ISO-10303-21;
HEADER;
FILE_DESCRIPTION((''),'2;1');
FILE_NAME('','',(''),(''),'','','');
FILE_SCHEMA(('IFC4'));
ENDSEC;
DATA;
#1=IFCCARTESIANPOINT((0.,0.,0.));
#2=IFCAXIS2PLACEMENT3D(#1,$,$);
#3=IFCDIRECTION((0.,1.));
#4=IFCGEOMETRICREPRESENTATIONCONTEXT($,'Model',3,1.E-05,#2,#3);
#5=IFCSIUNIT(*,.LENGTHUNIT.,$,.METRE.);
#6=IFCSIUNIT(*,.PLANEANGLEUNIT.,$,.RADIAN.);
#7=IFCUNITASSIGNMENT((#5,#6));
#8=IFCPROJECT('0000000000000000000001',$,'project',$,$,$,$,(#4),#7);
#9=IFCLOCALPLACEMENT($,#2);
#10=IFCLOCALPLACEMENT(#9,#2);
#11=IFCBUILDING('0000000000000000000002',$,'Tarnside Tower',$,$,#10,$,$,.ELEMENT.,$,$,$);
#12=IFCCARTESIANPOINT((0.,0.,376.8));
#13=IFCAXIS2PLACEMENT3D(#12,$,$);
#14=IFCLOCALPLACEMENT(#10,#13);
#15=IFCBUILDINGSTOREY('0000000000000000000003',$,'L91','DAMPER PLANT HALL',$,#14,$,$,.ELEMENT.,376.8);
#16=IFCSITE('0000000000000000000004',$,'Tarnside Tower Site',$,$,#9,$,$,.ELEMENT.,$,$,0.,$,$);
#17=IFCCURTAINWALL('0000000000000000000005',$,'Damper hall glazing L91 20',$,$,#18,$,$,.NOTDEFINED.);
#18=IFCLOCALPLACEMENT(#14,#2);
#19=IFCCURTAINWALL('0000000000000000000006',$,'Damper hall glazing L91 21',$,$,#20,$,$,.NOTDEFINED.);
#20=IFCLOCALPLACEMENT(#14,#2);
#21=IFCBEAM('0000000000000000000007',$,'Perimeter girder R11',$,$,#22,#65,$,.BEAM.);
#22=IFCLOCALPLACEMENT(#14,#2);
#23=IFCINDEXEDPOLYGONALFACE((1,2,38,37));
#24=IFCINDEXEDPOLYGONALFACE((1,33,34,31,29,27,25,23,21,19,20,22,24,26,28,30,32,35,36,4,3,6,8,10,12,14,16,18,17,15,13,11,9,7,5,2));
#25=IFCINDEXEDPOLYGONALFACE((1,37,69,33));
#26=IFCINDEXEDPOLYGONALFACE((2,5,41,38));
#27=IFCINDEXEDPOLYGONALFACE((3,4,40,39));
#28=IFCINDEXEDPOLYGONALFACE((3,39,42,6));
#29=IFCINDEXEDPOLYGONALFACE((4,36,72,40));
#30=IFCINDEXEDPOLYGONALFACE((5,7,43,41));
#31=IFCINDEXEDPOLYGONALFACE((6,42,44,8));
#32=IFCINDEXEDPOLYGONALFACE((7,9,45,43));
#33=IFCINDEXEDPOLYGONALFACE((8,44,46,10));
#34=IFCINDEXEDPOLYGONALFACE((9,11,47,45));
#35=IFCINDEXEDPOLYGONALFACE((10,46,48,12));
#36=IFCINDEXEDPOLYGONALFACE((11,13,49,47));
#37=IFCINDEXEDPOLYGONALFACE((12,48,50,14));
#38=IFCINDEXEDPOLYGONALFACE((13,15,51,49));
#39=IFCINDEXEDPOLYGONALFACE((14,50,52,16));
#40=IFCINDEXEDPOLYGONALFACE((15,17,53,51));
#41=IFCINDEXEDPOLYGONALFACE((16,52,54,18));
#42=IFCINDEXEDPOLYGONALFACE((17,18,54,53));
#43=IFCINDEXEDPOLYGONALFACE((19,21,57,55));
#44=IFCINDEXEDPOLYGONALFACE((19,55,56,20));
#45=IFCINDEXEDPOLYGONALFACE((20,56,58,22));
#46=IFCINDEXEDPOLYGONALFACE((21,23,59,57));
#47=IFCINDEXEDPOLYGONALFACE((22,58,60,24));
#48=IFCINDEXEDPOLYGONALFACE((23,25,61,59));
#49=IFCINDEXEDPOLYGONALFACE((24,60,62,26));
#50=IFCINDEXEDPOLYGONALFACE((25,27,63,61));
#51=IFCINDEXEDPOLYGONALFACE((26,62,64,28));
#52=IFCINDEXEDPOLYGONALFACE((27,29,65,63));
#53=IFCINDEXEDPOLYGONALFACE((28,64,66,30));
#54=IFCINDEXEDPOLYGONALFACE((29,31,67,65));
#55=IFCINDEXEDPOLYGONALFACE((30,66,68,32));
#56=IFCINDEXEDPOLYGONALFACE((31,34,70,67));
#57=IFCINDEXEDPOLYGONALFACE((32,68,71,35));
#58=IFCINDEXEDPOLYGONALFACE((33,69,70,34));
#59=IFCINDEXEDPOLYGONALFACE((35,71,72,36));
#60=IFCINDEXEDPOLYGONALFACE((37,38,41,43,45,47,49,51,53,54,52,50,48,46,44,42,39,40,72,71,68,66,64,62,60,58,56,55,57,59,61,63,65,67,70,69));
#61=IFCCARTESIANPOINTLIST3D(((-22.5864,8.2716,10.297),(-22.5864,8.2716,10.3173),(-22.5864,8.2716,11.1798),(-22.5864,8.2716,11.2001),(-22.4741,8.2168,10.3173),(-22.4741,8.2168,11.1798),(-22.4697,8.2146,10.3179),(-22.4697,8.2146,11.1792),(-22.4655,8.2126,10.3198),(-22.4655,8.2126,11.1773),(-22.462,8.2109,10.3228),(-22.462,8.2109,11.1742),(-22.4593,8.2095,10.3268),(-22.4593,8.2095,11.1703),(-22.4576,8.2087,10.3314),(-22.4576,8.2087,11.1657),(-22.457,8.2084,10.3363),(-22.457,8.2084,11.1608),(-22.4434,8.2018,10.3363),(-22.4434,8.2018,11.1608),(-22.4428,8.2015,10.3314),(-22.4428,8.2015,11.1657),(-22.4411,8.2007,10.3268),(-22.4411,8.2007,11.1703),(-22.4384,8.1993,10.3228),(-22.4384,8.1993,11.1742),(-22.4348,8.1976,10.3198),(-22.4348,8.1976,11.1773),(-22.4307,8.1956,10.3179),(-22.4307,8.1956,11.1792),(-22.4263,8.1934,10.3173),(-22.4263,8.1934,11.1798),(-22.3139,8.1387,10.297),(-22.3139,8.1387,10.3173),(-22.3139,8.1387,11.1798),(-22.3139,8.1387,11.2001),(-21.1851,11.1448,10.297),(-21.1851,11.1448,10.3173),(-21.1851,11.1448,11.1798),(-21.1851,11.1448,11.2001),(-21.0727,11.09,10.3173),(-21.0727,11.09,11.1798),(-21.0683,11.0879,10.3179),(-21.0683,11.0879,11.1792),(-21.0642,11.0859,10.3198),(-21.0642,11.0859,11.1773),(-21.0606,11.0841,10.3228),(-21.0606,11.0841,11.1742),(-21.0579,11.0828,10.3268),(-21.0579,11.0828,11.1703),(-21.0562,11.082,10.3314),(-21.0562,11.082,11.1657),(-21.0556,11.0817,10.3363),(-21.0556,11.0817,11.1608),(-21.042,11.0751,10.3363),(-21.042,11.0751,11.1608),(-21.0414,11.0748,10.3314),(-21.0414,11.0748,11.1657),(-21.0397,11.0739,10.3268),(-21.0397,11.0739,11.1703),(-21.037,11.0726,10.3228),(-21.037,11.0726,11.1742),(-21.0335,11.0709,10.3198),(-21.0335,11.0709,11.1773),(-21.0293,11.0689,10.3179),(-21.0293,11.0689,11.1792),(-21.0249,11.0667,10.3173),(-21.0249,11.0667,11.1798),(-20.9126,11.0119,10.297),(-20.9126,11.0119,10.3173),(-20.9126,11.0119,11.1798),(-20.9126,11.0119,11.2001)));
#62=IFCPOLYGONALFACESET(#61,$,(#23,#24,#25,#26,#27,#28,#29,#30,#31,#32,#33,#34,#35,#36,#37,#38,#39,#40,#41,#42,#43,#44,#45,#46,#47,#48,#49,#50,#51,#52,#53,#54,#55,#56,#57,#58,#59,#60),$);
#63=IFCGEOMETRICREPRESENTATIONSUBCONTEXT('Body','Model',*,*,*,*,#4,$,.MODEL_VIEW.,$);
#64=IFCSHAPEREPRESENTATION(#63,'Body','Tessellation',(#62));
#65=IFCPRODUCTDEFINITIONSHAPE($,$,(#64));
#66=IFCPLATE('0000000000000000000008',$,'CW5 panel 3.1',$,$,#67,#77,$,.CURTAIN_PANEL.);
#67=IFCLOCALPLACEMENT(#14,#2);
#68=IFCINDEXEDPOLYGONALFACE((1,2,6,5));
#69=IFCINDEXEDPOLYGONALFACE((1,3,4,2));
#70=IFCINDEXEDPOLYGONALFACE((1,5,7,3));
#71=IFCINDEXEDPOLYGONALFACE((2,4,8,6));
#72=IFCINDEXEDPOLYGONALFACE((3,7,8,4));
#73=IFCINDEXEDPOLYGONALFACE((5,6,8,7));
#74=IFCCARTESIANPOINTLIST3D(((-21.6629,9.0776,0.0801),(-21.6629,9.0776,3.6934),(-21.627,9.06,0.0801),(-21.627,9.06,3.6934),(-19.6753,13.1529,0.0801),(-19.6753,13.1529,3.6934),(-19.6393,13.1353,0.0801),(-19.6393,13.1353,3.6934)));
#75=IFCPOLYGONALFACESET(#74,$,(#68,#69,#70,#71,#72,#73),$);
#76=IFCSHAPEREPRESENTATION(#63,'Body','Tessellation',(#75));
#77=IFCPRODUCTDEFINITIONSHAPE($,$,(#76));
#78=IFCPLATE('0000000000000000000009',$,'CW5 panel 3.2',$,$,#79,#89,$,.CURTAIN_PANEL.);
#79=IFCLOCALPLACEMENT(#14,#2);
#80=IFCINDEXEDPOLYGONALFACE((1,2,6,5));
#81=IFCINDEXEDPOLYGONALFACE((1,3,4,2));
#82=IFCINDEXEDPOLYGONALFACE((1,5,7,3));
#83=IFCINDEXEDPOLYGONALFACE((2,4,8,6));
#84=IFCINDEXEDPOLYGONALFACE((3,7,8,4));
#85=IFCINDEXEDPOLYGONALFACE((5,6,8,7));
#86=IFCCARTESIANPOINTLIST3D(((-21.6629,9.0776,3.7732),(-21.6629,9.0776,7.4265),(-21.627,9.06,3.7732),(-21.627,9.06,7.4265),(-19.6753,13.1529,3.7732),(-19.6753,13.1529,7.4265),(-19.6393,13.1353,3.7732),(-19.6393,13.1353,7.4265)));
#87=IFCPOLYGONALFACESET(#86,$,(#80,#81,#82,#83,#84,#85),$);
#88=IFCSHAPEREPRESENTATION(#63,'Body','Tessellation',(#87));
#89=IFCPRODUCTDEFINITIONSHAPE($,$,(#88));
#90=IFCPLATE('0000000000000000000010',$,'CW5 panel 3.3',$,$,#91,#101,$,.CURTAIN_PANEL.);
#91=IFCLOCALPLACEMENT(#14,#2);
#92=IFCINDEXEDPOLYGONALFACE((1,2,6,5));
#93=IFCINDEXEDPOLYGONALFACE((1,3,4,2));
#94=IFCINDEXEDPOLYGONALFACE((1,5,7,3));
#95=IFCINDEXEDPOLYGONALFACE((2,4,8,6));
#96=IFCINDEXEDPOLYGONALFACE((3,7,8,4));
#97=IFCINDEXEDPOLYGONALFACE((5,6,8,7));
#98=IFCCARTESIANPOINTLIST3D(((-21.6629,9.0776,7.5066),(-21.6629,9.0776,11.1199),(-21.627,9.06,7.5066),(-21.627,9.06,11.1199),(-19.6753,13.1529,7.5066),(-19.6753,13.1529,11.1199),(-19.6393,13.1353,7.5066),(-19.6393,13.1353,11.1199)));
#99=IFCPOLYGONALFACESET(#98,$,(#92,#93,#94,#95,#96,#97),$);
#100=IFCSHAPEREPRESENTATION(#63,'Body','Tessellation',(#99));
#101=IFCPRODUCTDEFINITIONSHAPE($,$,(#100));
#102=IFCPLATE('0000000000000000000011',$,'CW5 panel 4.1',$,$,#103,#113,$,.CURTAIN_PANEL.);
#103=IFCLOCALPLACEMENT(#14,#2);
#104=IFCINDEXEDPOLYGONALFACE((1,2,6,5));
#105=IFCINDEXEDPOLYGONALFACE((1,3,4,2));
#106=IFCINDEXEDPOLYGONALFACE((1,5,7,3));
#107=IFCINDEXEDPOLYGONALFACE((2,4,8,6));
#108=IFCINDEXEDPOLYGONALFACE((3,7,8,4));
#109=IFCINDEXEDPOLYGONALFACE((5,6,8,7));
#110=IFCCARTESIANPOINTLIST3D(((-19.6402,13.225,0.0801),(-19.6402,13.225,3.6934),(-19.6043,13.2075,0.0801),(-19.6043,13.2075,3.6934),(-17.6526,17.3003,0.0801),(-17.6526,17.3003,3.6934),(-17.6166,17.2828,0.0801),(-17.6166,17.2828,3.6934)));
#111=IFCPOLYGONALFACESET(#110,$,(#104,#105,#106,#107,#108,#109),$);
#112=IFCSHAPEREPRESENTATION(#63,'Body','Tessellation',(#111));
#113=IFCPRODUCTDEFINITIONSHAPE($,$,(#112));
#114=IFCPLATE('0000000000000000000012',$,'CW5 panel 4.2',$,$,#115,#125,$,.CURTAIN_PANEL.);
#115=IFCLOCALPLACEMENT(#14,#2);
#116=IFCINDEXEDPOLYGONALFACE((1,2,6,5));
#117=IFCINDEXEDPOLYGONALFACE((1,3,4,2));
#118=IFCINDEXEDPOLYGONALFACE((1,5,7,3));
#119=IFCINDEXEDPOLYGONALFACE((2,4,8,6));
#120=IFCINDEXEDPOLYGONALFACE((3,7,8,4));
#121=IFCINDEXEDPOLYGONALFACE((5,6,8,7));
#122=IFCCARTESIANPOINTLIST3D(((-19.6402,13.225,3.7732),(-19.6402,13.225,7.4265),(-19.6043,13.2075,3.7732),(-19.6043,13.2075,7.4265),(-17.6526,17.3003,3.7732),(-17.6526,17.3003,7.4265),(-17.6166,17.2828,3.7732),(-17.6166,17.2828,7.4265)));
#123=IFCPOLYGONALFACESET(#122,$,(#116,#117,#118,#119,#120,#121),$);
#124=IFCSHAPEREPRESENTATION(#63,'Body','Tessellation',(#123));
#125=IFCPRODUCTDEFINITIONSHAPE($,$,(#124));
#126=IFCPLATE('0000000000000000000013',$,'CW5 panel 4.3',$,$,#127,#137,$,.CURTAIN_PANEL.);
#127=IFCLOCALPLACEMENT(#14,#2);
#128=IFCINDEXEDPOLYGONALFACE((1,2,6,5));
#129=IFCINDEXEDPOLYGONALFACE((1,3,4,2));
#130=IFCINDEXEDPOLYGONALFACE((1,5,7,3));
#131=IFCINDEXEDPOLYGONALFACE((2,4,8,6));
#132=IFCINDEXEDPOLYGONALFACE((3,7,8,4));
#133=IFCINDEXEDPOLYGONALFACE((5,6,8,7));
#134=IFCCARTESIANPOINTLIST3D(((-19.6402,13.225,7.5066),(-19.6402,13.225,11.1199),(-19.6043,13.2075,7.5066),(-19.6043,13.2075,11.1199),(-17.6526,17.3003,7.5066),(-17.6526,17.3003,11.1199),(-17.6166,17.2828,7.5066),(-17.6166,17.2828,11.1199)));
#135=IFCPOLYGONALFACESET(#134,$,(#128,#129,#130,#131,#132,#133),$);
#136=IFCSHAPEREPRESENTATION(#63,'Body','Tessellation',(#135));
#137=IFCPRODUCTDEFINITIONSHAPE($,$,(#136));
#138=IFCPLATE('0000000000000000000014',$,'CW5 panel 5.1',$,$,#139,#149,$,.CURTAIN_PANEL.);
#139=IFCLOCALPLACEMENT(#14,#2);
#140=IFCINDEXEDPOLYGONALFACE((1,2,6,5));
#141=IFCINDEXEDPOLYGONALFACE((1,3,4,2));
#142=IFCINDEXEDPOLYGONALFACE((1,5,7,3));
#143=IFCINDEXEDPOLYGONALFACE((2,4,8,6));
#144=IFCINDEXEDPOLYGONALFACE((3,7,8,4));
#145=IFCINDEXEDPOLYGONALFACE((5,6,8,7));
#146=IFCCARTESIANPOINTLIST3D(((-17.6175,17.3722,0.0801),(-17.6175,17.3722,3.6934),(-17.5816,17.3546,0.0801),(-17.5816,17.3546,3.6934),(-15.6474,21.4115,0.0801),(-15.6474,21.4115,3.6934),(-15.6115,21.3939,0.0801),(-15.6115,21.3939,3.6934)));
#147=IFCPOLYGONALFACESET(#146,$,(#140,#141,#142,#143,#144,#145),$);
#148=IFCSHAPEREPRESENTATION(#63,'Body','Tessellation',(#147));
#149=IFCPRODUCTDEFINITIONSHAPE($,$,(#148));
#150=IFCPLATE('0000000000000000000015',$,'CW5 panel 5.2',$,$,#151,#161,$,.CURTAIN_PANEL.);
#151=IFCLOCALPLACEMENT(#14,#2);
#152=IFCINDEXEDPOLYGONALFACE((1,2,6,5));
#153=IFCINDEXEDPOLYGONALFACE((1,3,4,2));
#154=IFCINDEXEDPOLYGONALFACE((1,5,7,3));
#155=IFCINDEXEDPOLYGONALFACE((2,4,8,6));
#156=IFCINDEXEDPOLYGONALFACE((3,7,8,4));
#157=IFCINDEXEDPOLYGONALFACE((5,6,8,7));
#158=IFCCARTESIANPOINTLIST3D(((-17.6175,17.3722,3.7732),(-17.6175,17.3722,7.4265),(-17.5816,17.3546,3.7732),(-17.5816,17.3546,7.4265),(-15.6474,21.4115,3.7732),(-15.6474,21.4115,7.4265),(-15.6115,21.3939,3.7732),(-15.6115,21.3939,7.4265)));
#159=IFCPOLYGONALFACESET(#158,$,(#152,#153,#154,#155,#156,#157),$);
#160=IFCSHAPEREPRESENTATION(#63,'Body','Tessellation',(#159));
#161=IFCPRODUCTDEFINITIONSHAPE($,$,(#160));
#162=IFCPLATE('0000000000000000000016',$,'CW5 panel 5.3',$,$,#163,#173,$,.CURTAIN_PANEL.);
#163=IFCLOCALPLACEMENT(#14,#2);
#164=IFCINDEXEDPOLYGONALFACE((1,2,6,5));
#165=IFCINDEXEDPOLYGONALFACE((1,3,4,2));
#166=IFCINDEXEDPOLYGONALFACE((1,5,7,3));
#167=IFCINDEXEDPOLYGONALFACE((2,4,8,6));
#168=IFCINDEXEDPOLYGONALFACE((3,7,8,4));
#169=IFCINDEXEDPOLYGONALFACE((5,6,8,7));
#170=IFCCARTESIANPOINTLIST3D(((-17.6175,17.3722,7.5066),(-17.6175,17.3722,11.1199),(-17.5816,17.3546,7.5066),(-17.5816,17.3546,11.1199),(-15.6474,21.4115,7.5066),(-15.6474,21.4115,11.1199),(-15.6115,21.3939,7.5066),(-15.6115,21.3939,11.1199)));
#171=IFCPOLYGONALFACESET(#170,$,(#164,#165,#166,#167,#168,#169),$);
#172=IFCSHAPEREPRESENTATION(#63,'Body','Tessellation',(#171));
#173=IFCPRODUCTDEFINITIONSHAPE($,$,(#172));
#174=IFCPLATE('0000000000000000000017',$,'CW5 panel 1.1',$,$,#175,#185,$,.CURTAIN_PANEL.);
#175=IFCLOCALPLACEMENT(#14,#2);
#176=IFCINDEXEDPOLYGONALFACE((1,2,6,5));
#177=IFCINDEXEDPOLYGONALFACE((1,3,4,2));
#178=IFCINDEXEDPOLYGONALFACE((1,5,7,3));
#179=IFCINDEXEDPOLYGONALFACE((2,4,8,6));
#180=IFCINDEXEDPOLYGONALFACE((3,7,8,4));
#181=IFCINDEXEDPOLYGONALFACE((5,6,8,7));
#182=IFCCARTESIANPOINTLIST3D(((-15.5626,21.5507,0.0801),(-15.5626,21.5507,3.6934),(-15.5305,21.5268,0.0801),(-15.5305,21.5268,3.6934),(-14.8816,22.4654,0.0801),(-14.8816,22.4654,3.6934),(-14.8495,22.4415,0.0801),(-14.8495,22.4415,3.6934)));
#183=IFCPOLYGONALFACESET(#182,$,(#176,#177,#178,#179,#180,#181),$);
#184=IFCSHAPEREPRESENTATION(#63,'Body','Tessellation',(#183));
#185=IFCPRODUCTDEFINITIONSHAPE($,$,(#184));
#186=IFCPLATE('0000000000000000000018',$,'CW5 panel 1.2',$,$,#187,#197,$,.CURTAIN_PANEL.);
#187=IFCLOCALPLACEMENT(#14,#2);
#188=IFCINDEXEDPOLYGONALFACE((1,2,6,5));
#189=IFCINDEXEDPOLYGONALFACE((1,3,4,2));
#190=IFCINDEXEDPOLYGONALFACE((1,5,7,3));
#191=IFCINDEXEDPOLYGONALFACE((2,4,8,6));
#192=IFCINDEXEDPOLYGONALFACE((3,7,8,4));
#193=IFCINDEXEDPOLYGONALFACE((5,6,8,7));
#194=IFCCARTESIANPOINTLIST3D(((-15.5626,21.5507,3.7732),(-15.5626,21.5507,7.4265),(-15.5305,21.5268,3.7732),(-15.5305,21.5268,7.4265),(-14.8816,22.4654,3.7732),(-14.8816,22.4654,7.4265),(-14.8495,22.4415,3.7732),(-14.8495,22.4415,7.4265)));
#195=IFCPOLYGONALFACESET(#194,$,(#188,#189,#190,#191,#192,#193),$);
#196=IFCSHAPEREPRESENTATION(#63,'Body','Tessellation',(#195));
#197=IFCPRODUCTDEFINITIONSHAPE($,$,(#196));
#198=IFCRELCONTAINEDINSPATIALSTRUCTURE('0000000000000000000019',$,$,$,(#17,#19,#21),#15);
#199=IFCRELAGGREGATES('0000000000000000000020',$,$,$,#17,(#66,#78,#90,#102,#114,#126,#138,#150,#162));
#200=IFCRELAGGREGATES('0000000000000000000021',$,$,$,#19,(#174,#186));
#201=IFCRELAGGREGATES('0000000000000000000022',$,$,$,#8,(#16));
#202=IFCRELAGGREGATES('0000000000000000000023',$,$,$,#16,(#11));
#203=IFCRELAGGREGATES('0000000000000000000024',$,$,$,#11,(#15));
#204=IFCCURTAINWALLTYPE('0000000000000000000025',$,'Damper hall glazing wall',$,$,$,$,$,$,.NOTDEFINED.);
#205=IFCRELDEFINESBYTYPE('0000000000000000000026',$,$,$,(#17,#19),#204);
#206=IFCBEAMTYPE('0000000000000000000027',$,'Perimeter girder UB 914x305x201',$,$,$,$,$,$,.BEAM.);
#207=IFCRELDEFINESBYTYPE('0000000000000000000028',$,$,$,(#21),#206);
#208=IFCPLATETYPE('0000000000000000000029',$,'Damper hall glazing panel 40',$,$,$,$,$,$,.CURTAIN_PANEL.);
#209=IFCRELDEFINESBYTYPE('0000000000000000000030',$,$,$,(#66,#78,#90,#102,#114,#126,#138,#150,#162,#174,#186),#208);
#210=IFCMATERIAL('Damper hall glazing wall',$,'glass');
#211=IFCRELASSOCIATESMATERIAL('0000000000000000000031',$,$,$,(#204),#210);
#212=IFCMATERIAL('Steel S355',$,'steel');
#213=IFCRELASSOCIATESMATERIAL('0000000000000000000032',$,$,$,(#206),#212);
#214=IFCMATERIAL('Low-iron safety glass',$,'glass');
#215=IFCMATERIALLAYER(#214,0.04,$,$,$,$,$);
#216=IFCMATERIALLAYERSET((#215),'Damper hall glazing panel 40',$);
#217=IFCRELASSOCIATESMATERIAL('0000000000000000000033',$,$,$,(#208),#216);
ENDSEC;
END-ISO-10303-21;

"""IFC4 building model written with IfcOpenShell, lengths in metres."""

from ifc_helpers import new_model, si_unit, direction, frame, origin, origin_2d, place, context, subcontext, project, spatial, rectangle, i_section, extrude, material, layer, layer_set, material_profile, profile_set, type_object, element, aggregate, save


model = new_model("IFC4")

# Units and contexts
model_context = context("Model", 3, precision=1e-05, world=origin(), true_north=direction((0.0, 1.0)))
body_context = subcontext(model_context, "Body", "Model", "MODEL_VIEW")
ifc_project = project(units=[si_unit("LENGTHUNIT", "METRE"), si_unit("PLANEANGLEUNIT", "RADIAN")], contexts=[model_context])

# Site, building, storey
site_placement = place(None, origin())
site = spatial("IfcSite", under=ifc_project, at=site_placement, Name="Tarnside Tower Site", CompositionType="ELEMENT", RefElevation=0.0)
building_placement = place(site_placement, origin())
building = spatial("IfcBuilding", under=site, at=building_placement, Name="Tarnside Tower", CompositionType="ELEMENT")
storey_placement = place(building_placement, frame((0.0, 0.0, 376.8)))
storey = spatial("IfcBuildingStorey", under=building, at=storey_placement, Name="L91", Description="DAMPER PLANT HALL", CompositionType="ELEMENT", Elevation=376.8)

# Shared definitions
ifc_material_1 = material(Name="Steel S355", Category="steel")

# Curtain wall
ifc_material_2 = material(Name="Damper hall glazing wall", Category="glass")
curtain_wall_type = type_object("IfcCurtainWallType", Name="Damper hall glazing wall", PredefinedType="NOTDEFINED", material=ifc_material_2)
curtain_wall_1_placement = place(storey_placement, origin())
curtain_wall_1 = element("IfcCurtainWall", 1, at=curtain_wall_1_placement, inside=storey, type_object=curtain_wall_type, Name="Damper hall glazing L91 20", PredefinedType="NOTDEFINED")

# Curtain wall
curtain_wall_2_placement = place(storey_placement, origin())
curtain_wall_2 = element("IfcCurtainWall", 2, at=curtain_wall_2_placement, inside=storey, type_object=curtain_wall_type, Name="Damper hall glazing L91 21", PredefinedType="NOTDEFINED")

# Beam
ifc_material_profile_1 = material_profile(ifc_material_1, i_section(OverallWidth=0.3032, OverallDepth=0.9031, WebThickness=0.0151, FlangeThickness=0.0203, FilletRadius=0.019, at=origin_2d()), Name="UB 914x305x201")
ifc_profile_set_1 = profile_set([ifc_material_profile_1], Name="Steel S355")
beam_type_1 = type_object("IfcBeamType", Name="Perimeter girder UB 914x305x201", PredefinedType="BEAM", material=ifc_profile_set_1)
beam_1_placement = place(storey_placement, frame((-21.0488, 11.0784, 10.7485), z_axis=(-0.438363, -0.898798, 0.0), x_axis=(0.898798, -0.438363, 0.0)))
element("IfcBeam", 3, at=beam_1_placement, inside=storey, type_object=beam_type_1, Name="Perimeter girder R11", PredefinedType="BEAM", context=body_context, shape_type="SweptSolid", body=[
    extrude(i_section(OverallWidth=0.3032, OverallDepth=0.9031, WebThickness=0.0151, FlangeThickness=0.0203, FilletRadius=0.019, at=origin_2d()), origin(), (0.0, 0.0, 1.0), 3.1968),
])

# Plates
ifc_material_3 = material(Name="Low-iron safety glass", Category="glass")
ifc_layer = layer(ifc_material_3, 0.04)
ifc_layer_set = layer_set([ifc_layer], Name="Damper hall glazing panel 40")
plate_type = type_object("IfcPlateType", Name="Damper hall glazing panel 40", PredefinedType="CURTAIN_PANEL", material=ifc_layer_set)
plate_1_placement = place(storey_placement, frame((-20.6511, 11.1064, 0.0801), z_axis=(0.0, 0.0, 1.0), x_axis=(0.438371, 0.898794, 0.0)))
plate_1 = element("IfcPlate", 4, at=plate_1_placement, type_object=plate_type, Name="CW5 panel 3.1", PredefinedType="CURTAIN_PANEL", context=body_context, shape_type="SweptSolid", body=[
    extrude(rectangle(XDim=4.5342, YDim=0.04, at=origin_2d()), origin(), (0.0, 0.0, 1.0), 3.6133),
])
plate_2_placement = place(storey_placement, frame((-20.6511, 11.1064, 3.7732), z_axis=(0.0, 0.0, 1.0), x_axis=(0.438371, 0.898794, 0.0)))
plate_2 = element("IfcPlate", 5, at=plate_2_placement, type_object=plate_type, Name="CW5 panel 3.2", PredefinedType="CURTAIN_PANEL", context=body_context, shape_type="SweptSolid", body=[
    extrude(rectangle(XDim=4.5342, YDim=0.04, at=origin_2d()), origin(), (0.0, 0.0, 1.0), 3.6533),
])
plate_3_placement = place(storey_placement, frame((-20.6511, 11.1064, 7.5066), z_axis=(0.0, 0.0, 1.0), x_axis=(0.438371, 0.898794, 0.0)))
plate_3 = element("IfcPlate", 6, at=plate_3_placement, type_object=plate_type, Name="CW5 panel 3.3", PredefinedType="CURTAIN_PANEL", context=body_context, shape_type="SweptSolid", body=[
    extrude(rectangle(XDim=4.5342, YDim=0.04, at=origin_2d()), origin(), (0.0, 0.0, 1.0), 3.6133),
])
plate_4_placement = place(storey_placement, frame((-18.6284, 15.2539, 0.0801), z_axis=(0.0, 0.0, 1.0), x_axis=(0.438371, 0.898794, 0.0)))
plate_4 = element("IfcPlate", 7, at=plate_4_placement, type_object=plate_type, Name="CW5 panel 4.1", PredefinedType="CURTAIN_PANEL", context=body_context, shape_type="SweptSolid", body=[
    extrude(rectangle(XDim=4.5342, YDim=0.04, at=origin_2d()), origin(), (0.0, 0.0, 1.0), 3.6133),
])
plate_5_placement = place(storey_placement, frame((-18.6284, 15.2539, 3.7732), z_axis=(0.0, 0.0, 1.0), x_axis=(0.438371, 0.898794, 0.0)))
plate_5 = element("IfcPlate", 8, at=plate_5_placement, type_object=plate_type, Name="CW5 panel 4.2", PredefinedType="CURTAIN_PANEL", context=body_context, shape_type="SweptSolid", body=[
    extrude(rectangle(XDim=4.5342, YDim=0.04, at=origin_2d()), origin(), (0.0, 0.0, 1.0), 3.6533),
])
plate_6_placement = place(storey_placement, frame((-18.6284, 15.2539, 7.5066), z_axis=(0.0, 0.0, 1.0), x_axis=(0.438371, 0.898794, 0.0)))
plate_6 = element("IfcPlate", 9, at=plate_6_placement, type_object=plate_type, Name="CW5 panel 4.3", PredefinedType="CURTAIN_PANEL", context=body_context, shape_type="SweptSolid", body=[
    extrude(rectangle(XDim=4.5342, YDim=0.04, at=origin_2d()), origin(), (0.0, 0.0, 1.0), 3.6133),
])
plate_7_placement = place(storey_placement, frame((-16.6145, 19.3831, 0.0801), z_axis=(0.0, 0.0, 1.0), x_axis=(0.438371, 0.898794, 0.0)))
plate_7 = element("IfcPlate", 10, at=plate_7_placement, type_object=plate_type, Name="CW5 panel 5.1", PredefinedType="CURTAIN_PANEL", context=body_context, shape_type="SweptSolid", body=[
    extrude(rectangle(XDim=4.4941, YDim=0.04, at=origin_2d()), origin(), (0.0, 0.0, 1.0), 3.6133),
])
plate_8_placement = place(storey_placement, frame((-16.6145, 19.3831, 3.7732), z_axis=(0.0, 0.0, 1.0), x_axis=(0.438371, 0.898794, 0.0)))
plate_8 = element("IfcPlate", 11, at=plate_8_placement, type_object=plate_type, Name="CW5 panel 5.2", PredefinedType="CURTAIN_PANEL", context=body_context, shape_type="SweptSolid", body=[
    extrude(rectangle(XDim=4.4941, YDim=0.04, at=origin_2d()), origin(), (0.0, 0.0, 1.0), 3.6533),
])
plate_9_placement = place(storey_placement, frame((-16.6145, 19.3831, 7.5066), z_axis=(0.0, 0.0, 1.0), x_axis=(0.438371, 0.898794, 0.0)))
plate_9 = element("IfcPlate", 12, at=plate_9_placement, type_object=plate_type, Name="CW5 panel 5.3", PredefinedType="CURTAIN_PANEL", context=body_context, shape_type="SweptSolid", body=[
    extrude(rectangle(XDim=4.4941, YDim=0.04, at=origin_2d()), origin(), (0.0, 0.0, 1.0), 3.6133),
])
aggregate(curtain_wall_1, [plate_1, plate_2, plate_3, plate_4, plate_5, plate_6, plate_7, plate_8, plate_9])
plate_10_placement = place(storey_placement, frame((-15.2061, 21.9961, 0.0801), z_axis=(0.0, 0.0, 1.0), x_axis=(0.597159, 0.802123, 0.0)))
plate_10 = element("IfcPlate", 13, at=plate_10_placement, type_object=plate_type, Name="CW5 panel 1.1", PredefinedType="CURTAIN_PANEL", context=body_context, shape_type="SweptSolid", body=[
    extrude(rectangle(XDim=1.1404, YDim=0.04, at=origin_2d()), origin(), (0.0, 0.0, 1.0), 3.6133),
])
plate_11_placement = place(storey_placement, frame((-15.2061, 21.9961, 3.7732), z_axis=(0.0, 0.0, 1.0), x_axis=(0.597159, 0.802123, 0.0)))
plate_11 = element("IfcPlate", 14, at=plate_11_placement, type_object=plate_type, Name="CW5 panel 1.2", PredefinedType="CURTAIN_PANEL", context=body_context, shape_type="SweptSolid", body=[
    extrude(rectangle(XDim=1.1404, YDim=0.04, at=origin_2d()), origin(), (0.0, 0.0, 1.0), 3.6533),
])
aggregate(curtain_wall_2, [plate_10, plate_11])

save(model, "model.ifc")
